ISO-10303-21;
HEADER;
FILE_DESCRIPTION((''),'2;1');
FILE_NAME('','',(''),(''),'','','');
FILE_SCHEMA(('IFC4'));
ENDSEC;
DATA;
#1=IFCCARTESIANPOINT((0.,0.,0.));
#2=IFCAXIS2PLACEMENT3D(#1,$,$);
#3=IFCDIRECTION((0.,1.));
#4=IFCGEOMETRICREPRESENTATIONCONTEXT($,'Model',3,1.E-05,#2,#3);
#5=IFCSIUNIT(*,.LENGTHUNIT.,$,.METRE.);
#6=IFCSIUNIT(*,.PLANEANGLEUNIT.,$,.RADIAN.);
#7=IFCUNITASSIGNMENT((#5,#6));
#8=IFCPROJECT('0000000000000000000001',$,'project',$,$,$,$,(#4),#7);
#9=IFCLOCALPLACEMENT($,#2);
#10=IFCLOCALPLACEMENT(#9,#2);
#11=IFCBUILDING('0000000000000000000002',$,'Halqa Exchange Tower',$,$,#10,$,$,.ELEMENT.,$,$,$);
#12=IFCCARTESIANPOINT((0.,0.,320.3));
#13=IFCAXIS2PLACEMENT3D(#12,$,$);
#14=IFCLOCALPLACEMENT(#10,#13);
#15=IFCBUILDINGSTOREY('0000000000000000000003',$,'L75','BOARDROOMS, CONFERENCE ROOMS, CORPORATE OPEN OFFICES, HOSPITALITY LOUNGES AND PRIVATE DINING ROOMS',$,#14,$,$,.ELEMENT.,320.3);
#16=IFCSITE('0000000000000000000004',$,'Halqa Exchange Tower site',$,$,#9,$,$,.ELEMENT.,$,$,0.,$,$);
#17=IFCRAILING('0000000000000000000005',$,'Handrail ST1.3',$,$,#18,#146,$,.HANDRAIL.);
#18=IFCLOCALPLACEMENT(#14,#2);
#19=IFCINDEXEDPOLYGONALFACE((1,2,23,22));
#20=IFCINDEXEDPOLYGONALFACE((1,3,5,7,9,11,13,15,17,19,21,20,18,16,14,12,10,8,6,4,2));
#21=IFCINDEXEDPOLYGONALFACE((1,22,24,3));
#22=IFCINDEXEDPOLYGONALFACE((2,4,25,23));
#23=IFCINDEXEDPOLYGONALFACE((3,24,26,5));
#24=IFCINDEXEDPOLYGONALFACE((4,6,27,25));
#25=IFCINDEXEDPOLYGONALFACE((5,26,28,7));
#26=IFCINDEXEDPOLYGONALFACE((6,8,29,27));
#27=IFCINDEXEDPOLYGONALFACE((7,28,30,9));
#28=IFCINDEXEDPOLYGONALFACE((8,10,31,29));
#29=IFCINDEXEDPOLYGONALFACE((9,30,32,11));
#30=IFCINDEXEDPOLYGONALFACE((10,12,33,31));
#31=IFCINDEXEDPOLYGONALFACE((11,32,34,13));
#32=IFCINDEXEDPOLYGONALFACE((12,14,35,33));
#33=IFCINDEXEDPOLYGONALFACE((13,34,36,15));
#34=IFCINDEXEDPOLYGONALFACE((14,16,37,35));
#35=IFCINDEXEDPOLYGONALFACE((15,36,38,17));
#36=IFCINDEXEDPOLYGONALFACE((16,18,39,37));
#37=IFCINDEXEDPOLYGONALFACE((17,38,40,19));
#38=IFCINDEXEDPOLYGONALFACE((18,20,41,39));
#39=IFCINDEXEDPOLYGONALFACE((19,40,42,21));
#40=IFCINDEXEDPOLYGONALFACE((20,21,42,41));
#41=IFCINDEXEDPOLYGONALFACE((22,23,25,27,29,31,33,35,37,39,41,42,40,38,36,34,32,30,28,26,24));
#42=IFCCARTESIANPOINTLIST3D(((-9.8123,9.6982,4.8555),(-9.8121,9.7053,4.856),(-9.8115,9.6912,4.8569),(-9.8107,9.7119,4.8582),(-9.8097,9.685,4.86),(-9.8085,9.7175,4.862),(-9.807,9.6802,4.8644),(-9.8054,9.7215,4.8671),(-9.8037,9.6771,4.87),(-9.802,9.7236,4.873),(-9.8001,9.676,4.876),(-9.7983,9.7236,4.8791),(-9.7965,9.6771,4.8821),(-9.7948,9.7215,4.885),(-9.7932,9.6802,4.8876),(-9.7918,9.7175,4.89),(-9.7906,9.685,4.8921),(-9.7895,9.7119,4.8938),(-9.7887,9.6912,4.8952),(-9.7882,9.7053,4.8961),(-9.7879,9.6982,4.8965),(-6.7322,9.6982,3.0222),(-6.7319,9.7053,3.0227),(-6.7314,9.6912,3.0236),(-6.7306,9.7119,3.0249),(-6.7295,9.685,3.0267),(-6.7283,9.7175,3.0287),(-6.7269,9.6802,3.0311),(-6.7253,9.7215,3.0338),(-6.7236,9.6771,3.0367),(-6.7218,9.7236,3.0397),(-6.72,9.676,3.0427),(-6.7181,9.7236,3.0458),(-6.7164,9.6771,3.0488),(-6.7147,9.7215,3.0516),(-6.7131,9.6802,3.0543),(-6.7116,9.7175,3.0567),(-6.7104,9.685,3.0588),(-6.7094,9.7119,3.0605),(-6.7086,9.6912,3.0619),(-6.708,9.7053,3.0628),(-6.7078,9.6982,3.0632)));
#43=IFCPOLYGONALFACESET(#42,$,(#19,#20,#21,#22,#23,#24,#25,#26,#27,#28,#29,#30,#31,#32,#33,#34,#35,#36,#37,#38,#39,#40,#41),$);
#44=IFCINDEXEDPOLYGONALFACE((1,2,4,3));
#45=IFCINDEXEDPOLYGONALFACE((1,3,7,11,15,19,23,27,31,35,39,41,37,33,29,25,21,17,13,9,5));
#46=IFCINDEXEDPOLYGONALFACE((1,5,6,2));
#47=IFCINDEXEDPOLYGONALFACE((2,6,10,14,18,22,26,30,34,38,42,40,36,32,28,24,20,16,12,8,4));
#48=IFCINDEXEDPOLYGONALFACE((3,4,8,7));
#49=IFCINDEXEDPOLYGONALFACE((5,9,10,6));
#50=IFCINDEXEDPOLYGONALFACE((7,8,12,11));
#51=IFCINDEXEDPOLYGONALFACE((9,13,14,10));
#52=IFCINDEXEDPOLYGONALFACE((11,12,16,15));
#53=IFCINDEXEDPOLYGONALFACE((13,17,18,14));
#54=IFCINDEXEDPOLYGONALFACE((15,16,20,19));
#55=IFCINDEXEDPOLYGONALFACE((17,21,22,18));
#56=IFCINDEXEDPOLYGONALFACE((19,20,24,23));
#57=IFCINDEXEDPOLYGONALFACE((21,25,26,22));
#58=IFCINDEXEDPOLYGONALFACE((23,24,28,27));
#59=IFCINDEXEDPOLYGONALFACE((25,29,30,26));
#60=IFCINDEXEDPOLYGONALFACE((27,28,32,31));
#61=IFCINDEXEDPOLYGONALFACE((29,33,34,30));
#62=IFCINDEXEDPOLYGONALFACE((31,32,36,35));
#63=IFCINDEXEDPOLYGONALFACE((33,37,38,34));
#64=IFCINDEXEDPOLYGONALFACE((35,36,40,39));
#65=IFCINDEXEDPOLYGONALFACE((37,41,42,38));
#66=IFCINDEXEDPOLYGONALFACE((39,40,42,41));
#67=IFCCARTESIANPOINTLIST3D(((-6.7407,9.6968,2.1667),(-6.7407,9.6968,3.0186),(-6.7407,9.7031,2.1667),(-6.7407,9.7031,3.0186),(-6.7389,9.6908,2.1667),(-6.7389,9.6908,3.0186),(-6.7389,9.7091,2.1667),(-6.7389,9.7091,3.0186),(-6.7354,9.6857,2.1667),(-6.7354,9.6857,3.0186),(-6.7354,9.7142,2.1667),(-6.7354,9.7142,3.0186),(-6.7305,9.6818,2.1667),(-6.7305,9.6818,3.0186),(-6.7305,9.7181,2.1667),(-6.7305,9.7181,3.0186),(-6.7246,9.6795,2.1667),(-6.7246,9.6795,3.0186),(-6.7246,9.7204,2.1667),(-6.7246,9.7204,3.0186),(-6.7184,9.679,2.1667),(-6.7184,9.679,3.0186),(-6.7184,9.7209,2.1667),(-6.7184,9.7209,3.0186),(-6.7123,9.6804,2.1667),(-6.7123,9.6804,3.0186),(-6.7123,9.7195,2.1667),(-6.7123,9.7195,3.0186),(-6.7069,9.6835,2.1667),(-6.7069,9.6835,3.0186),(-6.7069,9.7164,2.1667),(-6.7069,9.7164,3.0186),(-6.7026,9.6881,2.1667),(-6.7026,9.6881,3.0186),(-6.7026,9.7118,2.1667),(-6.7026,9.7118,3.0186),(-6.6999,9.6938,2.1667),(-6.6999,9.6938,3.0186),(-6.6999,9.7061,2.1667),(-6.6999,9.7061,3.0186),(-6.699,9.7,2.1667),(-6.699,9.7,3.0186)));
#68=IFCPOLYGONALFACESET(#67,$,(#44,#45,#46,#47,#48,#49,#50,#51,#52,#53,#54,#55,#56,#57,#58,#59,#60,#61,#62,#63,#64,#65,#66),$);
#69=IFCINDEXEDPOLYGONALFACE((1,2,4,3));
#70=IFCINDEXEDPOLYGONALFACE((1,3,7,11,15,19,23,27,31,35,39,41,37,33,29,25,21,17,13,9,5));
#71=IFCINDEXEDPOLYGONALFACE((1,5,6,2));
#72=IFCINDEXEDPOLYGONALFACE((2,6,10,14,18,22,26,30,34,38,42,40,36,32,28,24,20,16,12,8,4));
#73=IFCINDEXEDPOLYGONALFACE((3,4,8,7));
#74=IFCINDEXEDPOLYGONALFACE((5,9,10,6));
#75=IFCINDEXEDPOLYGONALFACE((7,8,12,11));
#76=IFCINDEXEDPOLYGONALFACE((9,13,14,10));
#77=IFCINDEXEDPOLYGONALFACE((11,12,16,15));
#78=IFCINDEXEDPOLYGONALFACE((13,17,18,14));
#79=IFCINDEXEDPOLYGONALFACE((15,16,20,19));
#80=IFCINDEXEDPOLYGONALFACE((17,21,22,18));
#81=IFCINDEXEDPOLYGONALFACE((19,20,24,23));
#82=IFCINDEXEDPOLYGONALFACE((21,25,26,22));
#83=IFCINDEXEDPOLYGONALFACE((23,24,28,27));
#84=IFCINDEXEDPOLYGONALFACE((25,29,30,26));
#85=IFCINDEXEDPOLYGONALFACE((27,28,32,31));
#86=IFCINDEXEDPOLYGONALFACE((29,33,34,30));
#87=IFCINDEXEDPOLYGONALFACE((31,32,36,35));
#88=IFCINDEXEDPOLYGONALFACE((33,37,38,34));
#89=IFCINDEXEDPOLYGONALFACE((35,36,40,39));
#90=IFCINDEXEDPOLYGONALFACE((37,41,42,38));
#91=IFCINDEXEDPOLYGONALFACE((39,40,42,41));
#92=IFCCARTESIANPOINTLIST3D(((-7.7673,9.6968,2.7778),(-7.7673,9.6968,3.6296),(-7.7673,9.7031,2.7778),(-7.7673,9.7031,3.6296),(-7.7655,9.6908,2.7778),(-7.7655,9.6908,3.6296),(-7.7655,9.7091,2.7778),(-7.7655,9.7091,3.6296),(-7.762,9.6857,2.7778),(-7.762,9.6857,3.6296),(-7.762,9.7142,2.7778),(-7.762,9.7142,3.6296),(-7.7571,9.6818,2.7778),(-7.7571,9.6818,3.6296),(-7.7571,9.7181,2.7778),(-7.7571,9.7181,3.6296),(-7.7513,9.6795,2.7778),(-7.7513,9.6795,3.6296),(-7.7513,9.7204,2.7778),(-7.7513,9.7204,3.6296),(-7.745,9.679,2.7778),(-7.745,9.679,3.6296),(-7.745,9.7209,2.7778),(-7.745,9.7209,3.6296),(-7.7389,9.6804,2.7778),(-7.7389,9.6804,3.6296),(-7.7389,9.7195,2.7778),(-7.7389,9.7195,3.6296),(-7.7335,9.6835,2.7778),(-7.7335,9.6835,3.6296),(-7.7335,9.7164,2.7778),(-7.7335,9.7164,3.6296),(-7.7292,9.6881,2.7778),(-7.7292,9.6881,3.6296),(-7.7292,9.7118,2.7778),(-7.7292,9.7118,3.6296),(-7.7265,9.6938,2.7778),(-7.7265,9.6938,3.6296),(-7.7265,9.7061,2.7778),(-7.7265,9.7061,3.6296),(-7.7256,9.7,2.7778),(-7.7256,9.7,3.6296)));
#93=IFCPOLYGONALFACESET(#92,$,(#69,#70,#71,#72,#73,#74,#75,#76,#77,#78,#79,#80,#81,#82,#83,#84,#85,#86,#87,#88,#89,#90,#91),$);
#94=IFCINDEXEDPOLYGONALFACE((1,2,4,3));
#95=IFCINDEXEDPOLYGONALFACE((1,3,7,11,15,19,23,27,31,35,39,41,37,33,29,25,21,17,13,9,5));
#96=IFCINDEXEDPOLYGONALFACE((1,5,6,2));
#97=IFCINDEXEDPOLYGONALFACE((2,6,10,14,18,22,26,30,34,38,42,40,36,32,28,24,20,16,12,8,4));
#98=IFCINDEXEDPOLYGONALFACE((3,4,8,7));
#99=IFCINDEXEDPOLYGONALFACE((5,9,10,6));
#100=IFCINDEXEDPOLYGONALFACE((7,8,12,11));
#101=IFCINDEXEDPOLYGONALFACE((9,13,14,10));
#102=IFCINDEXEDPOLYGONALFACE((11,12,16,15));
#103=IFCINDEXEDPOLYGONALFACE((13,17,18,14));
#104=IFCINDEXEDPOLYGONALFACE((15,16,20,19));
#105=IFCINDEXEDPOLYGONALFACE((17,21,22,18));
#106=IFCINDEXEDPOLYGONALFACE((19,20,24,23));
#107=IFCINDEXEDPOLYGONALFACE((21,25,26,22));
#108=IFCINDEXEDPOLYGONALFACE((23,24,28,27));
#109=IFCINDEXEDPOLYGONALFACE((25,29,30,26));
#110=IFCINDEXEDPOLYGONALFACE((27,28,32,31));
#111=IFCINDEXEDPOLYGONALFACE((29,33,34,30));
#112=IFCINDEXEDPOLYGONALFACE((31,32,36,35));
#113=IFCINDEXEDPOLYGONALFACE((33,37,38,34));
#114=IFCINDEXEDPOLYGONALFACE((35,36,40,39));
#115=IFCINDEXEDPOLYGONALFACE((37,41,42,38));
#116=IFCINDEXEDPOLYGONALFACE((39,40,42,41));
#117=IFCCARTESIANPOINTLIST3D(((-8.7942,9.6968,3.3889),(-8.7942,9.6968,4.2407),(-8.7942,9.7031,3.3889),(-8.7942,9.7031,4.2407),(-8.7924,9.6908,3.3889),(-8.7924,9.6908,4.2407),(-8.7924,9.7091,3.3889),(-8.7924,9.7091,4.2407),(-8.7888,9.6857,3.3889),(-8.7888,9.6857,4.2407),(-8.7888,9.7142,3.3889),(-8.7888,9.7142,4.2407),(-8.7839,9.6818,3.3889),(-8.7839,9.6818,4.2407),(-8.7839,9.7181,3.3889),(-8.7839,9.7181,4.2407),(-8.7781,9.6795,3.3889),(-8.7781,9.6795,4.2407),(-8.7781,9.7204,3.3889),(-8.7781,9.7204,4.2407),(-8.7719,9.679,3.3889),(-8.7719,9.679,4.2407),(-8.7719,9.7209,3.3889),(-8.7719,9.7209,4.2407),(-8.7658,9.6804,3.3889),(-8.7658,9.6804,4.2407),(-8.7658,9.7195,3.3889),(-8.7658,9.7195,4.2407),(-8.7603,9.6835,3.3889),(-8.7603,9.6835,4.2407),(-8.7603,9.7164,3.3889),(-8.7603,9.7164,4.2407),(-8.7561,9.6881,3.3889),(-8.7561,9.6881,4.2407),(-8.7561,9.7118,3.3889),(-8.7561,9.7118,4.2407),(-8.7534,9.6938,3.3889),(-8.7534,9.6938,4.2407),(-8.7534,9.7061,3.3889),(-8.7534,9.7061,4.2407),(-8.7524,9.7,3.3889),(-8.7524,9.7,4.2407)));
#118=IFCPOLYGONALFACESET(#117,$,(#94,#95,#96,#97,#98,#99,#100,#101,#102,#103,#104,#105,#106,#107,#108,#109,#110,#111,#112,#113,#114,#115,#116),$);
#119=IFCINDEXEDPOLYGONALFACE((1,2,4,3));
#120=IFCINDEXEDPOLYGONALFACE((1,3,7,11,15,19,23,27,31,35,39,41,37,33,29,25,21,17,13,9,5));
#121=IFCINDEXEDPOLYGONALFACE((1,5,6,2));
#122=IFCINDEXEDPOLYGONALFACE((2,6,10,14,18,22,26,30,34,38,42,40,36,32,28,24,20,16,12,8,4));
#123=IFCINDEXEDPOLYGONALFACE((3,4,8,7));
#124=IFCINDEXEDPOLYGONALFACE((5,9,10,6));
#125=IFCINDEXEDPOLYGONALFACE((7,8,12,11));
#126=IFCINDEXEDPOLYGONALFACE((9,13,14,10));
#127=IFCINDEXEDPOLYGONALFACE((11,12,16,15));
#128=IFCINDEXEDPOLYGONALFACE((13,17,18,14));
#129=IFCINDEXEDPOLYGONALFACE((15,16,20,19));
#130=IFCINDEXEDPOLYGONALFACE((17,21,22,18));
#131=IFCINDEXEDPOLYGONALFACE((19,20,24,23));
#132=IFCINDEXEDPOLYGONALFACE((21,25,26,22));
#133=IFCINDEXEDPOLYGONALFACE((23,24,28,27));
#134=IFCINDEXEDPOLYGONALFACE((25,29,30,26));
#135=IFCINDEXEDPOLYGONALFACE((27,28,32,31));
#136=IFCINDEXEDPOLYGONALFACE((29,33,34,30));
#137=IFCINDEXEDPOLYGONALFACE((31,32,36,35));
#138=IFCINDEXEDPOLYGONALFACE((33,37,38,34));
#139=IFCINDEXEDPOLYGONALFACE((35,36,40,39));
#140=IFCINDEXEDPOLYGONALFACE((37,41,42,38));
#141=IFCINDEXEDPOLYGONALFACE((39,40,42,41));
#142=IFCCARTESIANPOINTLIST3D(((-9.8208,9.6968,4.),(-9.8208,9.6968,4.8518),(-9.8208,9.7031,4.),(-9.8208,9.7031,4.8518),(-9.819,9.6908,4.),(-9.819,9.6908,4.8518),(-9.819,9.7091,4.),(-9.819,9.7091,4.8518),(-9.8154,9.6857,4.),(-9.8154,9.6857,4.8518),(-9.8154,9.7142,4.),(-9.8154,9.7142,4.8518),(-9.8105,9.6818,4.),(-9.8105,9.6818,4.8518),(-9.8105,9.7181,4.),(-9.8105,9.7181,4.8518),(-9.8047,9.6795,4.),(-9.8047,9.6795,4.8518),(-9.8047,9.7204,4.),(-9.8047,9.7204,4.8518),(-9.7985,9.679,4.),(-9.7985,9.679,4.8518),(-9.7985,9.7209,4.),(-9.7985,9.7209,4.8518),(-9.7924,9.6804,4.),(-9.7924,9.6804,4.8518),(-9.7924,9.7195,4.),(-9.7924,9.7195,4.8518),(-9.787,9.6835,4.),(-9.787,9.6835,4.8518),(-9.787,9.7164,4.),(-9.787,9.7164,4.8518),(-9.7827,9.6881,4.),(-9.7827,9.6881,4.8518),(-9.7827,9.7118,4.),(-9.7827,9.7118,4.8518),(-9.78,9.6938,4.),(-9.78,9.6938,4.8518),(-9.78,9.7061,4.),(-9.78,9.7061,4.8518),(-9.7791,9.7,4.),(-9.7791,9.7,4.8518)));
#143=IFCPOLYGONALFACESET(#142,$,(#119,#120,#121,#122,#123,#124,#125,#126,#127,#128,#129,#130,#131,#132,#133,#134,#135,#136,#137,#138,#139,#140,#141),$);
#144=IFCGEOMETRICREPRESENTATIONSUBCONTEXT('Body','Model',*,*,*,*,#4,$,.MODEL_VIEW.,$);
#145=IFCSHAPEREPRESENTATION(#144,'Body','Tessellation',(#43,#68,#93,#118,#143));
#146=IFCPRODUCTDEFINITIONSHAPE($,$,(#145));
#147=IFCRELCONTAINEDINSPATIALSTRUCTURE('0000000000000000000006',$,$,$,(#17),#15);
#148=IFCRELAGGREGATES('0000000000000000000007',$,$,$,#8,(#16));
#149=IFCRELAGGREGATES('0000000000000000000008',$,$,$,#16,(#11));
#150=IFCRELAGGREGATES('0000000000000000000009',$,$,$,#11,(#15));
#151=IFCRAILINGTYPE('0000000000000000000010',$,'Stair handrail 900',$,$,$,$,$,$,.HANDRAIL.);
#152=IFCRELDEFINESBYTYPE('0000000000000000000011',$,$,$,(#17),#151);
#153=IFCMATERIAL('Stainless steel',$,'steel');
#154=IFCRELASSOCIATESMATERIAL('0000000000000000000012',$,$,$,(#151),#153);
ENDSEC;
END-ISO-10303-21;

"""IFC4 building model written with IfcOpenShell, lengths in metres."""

from ifc_helpers import new_model, si_unit, direction, frame, origin, origin_2d, place, context, subcontext, project, spatial, circle, extrude, material, type_object, element, save


model = new_model("IFC4")

# Units and contexts
model_context = context("Model", 3, precision=1e-05, world=origin(), true_north=direction((0.0, 1.0)))
body_context = subcontext(model_context, "Body", "Model", "MODEL_VIEW")
ifc_project = project(units=[si_unit("LENGTHUNIT", "METRE"), si_unit("PLANEANGLEUNIT", "RADIAN")], contexts=[model_context])

# Site, building, storey
site_placement = place(None, origin())
site = spatial("IfcSite", under=ifc_project, at=site_placement, Name="Halqa Exchange Tower site", CompositionType="ELEMENT", RefElevation=0.0)
building_placement = place(site_placement, origin())
building = spatial("IfcBuilding", under=site, at=building_placement, Name="Halqa Exchange Tower", CompositionType="ELEMENT")
storey_placement = place(building_placement, frame((0.0, 0.0, 320.3)))
storey = spatial("IfcBuildingStorey", under=building, at=storey_placement, Name="L75", Description="BOARDROOMS, CONFERENCE ROOMS, CORPORATE OPEN OFFICES, HOSPITALITY LOUNGES AND PRIVATE DINING ROOMS", CompositionType="ELEMENT", Elevation=320.3)

# Shared definitions
ifc_material_1 = material(Name="Stainless steel", Category="steel")

# Railing
railing_type_1 = type_object("IfcRailingType", Name="Stair handrail 900", PredefinedType="HANDRAIL", material=ifc_material_1)
railing_1_placement = place(storey_placement, frame((-6.72, 9.7, 2.1667)))
element("IfcRailing", 1, at=railing_1_placement, inside=storey, type_object=railing_type_1, Name="Handrail ST1.3", PredefinedType="HANDRAIL", context=body_context, shape_type="SweptSolid", body=[
    extrude(circle(Radius=0.0239, at=origin_2d()), frame((0.0, 0.0, 0.876), z_axis=(-0.859309, 0.0, 0.511458), x_axis=(0.0, -1.0, 0.0)), (0.0, 0.0, 1.0), 3.5845),
    extrude(circle(Radius=0.021, at=origin_2d()), origin(), (0.0, 0.0, 1.0), 0.8518),
    extrude(circle(Radius=0.021, at=origin_2d()), frame((-1.0266, 0.0, 0.6111)), (0.0, 0.0, 1.0), 0.8518),
    extrude(circle(Radius=0.021, at=origin_2d()), frame((-2.0535, 0.0, 1.2222)), (0.0, 0.0, 1.0), 0.8518),
    extrude(circle(Radius=0.021, at=origin_2d()), frame((-3.0801, 0.0, 1.8333)), (0.0, 0.0, 1.0), 0.8518),
])

save(model, "model.ifc")
